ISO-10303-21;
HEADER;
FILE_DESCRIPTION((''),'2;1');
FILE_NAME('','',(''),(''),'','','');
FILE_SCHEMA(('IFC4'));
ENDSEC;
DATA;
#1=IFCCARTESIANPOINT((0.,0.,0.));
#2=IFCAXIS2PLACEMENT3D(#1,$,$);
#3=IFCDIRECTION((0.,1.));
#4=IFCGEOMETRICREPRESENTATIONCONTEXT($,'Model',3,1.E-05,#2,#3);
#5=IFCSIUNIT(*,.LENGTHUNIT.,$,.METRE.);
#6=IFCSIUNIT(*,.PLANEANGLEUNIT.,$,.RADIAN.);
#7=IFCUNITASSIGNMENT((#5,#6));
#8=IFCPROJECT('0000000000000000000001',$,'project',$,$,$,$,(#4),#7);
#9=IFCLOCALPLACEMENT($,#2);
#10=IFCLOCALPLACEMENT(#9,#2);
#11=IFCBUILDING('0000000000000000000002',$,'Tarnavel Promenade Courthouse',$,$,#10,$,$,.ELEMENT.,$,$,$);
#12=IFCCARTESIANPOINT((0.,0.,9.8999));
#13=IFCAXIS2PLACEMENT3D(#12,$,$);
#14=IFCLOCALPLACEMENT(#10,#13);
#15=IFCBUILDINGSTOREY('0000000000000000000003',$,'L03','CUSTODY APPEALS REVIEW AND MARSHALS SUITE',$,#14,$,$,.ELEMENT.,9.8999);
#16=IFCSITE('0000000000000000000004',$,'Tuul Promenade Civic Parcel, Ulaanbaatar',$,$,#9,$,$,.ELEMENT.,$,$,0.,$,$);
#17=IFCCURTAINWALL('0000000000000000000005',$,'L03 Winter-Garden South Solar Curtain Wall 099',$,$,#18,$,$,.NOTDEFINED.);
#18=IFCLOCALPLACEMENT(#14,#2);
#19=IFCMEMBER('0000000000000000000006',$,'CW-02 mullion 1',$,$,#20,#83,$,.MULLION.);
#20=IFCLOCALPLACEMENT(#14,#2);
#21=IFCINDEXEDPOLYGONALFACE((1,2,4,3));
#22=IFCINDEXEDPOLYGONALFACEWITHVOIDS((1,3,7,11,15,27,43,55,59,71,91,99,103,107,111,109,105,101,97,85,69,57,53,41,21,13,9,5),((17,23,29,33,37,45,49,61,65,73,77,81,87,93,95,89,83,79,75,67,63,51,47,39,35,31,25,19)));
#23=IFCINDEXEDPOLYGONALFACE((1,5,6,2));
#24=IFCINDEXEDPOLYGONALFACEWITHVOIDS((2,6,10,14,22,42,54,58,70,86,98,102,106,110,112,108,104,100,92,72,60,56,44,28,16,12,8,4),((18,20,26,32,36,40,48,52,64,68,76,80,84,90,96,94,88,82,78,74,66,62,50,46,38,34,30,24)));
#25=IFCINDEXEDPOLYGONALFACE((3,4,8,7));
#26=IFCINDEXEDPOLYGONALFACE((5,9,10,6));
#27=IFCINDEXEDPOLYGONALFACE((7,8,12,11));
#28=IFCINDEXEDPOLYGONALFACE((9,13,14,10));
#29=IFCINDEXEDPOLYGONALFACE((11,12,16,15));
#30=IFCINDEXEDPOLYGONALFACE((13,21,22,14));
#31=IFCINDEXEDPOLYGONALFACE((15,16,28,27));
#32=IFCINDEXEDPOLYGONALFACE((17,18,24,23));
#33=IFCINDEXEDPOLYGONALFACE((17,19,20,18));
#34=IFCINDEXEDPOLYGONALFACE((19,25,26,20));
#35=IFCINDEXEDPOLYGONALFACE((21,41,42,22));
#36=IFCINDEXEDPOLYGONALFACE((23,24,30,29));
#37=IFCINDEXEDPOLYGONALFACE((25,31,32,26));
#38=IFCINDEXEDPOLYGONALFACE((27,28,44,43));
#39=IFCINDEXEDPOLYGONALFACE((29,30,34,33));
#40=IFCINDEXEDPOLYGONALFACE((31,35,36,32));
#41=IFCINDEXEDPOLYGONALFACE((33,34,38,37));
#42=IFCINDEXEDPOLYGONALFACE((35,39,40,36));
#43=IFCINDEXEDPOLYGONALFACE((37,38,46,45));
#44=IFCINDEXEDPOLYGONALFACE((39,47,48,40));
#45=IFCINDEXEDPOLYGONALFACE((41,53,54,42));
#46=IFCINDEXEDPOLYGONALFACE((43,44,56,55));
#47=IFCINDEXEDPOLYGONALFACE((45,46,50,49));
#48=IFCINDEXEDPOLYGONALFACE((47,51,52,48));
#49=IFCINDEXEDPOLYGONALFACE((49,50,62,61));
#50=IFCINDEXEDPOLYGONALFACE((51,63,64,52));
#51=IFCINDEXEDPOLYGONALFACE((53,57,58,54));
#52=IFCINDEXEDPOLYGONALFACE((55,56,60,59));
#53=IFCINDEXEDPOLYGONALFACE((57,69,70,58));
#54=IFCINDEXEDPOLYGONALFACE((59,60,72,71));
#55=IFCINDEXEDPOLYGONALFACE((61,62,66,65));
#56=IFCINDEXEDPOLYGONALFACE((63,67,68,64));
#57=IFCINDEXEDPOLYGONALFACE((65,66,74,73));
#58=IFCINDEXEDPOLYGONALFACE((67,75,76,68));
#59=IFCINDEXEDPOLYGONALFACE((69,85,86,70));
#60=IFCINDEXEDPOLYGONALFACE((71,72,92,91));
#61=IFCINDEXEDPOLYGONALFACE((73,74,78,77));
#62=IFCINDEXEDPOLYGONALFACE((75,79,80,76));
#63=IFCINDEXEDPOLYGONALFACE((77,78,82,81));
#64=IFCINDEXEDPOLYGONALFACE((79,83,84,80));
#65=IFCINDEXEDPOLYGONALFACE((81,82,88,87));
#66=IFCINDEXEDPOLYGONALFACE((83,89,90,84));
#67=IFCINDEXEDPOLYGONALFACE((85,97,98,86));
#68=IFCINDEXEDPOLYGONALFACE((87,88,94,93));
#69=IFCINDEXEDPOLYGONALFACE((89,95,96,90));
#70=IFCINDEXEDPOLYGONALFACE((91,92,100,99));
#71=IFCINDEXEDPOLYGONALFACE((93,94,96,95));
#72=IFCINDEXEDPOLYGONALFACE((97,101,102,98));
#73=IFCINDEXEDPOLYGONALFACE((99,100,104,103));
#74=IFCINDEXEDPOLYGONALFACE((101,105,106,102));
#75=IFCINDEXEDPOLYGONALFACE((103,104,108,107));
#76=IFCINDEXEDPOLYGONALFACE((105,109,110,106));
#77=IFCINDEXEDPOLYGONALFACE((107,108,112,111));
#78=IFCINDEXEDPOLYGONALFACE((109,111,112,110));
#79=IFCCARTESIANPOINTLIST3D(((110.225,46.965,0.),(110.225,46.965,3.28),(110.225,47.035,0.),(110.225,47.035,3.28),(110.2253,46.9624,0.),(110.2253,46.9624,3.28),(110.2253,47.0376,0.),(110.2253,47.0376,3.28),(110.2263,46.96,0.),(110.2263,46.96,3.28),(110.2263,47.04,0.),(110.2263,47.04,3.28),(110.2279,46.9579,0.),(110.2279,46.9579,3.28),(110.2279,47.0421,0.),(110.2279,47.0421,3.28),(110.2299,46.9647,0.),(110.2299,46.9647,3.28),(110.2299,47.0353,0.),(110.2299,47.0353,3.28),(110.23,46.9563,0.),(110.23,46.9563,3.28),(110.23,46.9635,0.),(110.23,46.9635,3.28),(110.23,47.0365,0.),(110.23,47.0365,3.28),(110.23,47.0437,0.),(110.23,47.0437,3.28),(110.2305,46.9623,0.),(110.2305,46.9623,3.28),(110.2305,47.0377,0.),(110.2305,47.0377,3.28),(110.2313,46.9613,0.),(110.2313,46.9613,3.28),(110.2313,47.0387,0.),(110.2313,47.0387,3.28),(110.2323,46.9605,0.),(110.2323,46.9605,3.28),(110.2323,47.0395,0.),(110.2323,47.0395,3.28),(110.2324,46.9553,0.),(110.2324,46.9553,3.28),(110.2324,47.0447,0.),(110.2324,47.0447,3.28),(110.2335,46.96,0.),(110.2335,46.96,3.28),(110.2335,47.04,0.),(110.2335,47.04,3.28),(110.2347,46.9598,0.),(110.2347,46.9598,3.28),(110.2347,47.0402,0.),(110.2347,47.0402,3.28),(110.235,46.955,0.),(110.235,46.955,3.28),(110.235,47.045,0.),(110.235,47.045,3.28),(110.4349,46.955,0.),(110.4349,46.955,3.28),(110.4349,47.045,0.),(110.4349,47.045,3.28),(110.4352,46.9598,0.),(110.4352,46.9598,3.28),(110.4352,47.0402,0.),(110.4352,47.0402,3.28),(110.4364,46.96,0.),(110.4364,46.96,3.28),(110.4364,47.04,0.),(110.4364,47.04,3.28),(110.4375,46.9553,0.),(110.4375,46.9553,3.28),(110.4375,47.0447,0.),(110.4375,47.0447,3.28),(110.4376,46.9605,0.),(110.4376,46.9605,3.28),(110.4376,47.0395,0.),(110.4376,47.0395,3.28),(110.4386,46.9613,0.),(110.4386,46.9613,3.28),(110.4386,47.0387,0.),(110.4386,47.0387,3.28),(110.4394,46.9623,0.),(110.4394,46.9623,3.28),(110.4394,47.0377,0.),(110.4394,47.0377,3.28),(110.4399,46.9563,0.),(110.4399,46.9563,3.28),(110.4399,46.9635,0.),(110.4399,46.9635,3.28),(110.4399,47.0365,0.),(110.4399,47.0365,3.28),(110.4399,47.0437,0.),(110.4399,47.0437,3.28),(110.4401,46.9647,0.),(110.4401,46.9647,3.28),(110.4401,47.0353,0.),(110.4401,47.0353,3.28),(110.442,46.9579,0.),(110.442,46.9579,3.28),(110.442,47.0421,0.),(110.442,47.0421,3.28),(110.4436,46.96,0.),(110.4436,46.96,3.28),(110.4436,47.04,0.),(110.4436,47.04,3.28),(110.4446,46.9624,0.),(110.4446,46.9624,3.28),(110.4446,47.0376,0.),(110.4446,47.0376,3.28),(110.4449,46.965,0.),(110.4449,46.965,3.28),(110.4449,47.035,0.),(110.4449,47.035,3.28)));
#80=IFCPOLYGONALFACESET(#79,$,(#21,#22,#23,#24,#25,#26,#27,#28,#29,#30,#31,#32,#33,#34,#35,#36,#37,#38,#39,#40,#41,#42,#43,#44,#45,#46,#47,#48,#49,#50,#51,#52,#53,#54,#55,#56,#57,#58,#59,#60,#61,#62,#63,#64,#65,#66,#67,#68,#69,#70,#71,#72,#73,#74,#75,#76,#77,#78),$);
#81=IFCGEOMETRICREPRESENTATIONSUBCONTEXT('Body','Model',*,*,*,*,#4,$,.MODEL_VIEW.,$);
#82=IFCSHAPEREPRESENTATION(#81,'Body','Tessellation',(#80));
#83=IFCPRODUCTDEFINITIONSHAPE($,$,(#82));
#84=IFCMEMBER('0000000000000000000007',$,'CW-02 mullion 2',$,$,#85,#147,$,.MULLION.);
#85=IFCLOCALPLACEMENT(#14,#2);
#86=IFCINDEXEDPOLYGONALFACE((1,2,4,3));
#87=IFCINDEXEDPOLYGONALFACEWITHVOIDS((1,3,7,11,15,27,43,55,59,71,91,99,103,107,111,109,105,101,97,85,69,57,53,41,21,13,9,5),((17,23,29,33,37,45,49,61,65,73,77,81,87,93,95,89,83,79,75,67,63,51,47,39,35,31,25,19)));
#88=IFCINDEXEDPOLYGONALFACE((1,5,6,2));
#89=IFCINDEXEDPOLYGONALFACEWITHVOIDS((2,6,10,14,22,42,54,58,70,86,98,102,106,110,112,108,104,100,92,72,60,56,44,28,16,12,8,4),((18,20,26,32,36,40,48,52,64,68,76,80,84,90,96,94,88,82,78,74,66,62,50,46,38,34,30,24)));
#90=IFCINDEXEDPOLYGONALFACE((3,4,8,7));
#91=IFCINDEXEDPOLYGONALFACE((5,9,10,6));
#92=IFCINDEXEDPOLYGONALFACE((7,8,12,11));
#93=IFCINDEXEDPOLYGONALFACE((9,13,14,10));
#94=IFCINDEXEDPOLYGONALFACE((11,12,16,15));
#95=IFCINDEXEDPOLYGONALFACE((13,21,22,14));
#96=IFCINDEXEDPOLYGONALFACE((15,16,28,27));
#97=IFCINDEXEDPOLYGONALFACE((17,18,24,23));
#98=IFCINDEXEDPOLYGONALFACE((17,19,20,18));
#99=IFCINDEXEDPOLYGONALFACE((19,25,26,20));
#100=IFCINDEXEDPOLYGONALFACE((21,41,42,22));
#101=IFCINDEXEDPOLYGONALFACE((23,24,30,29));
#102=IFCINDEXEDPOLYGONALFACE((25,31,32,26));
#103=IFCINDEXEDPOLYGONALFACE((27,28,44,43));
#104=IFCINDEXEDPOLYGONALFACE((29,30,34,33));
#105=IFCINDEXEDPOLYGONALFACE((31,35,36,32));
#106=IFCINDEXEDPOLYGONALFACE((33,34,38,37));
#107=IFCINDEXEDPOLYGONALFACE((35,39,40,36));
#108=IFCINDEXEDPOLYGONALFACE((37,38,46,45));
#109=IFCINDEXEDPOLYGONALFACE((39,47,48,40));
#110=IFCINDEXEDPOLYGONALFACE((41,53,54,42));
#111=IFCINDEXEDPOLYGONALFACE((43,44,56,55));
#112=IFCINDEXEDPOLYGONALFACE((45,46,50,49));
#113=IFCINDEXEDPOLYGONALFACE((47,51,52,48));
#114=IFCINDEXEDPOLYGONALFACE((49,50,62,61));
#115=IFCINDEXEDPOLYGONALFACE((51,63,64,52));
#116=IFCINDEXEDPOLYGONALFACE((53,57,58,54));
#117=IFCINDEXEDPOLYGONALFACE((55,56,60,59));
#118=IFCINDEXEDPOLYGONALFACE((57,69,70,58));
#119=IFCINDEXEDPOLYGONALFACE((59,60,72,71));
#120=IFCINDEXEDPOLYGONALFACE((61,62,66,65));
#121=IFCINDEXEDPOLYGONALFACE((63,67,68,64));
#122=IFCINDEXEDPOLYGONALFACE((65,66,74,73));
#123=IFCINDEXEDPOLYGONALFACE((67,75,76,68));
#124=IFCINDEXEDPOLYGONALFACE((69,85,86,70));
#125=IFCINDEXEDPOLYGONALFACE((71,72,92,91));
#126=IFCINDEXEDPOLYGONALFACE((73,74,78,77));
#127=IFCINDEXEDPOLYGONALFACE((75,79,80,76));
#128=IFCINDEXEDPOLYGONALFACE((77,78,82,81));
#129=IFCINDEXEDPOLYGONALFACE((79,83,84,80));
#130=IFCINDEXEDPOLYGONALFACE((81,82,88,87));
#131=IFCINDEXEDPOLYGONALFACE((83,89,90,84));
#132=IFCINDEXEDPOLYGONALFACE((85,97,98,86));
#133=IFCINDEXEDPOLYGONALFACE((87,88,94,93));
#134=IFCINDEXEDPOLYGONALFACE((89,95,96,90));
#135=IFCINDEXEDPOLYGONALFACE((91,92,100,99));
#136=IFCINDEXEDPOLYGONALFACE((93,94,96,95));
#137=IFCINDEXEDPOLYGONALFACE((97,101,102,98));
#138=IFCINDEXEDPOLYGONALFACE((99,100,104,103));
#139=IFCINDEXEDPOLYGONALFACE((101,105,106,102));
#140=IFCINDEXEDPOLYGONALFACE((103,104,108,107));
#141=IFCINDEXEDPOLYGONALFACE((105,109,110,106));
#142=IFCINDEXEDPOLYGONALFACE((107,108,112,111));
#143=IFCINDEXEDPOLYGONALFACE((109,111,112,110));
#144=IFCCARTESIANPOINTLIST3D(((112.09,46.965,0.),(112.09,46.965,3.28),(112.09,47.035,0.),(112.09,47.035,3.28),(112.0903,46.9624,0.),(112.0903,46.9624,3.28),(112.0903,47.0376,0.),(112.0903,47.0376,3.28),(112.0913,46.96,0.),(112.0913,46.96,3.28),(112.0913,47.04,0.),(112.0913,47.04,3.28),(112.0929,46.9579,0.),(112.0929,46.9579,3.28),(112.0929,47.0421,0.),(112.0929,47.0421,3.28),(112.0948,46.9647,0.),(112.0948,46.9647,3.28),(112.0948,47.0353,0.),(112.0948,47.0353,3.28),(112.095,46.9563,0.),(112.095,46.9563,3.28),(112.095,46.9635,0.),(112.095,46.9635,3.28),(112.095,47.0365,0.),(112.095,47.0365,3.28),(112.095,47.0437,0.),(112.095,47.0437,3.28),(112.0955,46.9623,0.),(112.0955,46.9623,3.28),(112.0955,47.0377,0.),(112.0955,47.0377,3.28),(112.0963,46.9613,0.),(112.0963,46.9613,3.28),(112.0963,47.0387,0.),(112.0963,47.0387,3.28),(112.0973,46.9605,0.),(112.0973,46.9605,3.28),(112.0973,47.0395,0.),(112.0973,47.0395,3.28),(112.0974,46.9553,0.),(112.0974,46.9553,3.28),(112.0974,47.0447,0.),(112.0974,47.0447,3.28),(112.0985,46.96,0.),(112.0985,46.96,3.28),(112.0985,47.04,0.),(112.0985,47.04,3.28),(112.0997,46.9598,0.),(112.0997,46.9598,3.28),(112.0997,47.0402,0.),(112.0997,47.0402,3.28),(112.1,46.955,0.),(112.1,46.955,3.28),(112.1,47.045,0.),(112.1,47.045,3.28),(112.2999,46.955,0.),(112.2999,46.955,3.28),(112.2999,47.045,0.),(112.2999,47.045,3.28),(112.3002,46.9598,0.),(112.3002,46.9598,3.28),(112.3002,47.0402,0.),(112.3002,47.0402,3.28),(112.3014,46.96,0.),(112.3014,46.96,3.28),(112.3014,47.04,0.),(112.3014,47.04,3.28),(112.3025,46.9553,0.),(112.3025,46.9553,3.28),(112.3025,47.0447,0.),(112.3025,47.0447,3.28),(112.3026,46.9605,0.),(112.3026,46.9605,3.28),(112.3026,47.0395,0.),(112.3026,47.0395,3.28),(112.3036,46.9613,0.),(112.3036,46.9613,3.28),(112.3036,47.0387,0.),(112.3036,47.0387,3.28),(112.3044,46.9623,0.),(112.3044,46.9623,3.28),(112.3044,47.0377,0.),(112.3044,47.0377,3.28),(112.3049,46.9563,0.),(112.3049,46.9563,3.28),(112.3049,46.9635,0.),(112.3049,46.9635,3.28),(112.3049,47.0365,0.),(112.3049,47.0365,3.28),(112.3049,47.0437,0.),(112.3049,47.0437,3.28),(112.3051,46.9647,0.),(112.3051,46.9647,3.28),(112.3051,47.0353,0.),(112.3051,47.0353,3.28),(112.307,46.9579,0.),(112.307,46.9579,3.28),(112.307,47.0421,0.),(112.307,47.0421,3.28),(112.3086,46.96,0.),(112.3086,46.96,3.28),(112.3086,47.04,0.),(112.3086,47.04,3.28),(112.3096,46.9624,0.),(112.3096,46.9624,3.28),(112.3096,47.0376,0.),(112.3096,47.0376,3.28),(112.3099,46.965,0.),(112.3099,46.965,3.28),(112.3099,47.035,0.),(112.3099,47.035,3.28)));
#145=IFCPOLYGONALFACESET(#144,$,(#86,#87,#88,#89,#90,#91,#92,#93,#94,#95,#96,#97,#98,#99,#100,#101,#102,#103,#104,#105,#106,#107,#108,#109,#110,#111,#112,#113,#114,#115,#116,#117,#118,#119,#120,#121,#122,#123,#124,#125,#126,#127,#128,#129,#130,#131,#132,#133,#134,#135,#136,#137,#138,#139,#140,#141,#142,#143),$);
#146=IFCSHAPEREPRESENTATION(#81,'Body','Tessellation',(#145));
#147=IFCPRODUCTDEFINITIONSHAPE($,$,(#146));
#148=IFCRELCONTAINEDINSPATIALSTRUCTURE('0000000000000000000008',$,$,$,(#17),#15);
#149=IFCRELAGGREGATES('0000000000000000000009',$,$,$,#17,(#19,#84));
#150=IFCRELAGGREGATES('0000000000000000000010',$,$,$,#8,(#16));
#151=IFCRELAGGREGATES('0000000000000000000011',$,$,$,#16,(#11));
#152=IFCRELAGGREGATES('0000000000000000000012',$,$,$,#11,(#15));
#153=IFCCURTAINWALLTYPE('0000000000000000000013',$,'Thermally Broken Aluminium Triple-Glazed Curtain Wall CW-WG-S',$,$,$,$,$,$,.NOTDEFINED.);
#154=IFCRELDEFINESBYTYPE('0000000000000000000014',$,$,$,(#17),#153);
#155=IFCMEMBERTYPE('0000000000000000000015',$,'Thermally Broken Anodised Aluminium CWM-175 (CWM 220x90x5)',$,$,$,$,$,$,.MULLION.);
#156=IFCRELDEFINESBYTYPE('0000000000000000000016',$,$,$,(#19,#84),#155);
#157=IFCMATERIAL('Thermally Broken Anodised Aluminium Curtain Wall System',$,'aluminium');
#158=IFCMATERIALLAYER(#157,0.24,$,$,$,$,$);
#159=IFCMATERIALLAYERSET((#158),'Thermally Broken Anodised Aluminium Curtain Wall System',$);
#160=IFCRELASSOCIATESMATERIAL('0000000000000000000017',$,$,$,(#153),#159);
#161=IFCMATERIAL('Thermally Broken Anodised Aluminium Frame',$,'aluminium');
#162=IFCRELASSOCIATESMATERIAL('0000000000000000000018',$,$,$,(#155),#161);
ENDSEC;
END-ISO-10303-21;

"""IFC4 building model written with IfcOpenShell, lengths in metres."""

from ifc_helpers import new_model, si_unit, direction, frame, origin, origin_2d, place, context, subcontext, project, spatial, hollow_rectangle, extrude, material, layer, layer_set, material_profile, profile_set, type_object, element, aggregate, save


model = new_model("IFC4")

# Units and contexts
model_context = context("Model", 3, precision=1e-05, world=origin(), true_north=direction((0.0, 1.0)))
body_context = subcontext(model_context, "Body", "Model", "MODEL_VIEW")
ifc_project = project(units=[si_unit("LENGTHUNIT", "METRE"), si_unit("PLANEANGLEUNIT", "RADIAN")], contexts=[model_context])

# Site, building, storey
site_placement = place(None, origin())
site = spatial("IfcSite", under=ifc_project, at=site_placement, Name="Tuul Promenade Civic Parcel, Ulaanbaatar", CompositionType="ELEMENT", RefElevation=0.0)
building_placement = place(site_placement, origin())
building = spatial("IfcBuilding", under=site, at=building_placement, Name="Tarnavel Promenade Courthouse", CompositionType="ELEMENT")
storey_placement = place(building_placement, frame((0.0, 0.0, 9.8999)))
storey = spatial("IfcBuildingStorey", under=building, at=storey_placement, Name="L03", Description="CUSTODY APPEALS REVIEW AND MARSHALS SUITE", CompositionType="ELEMENT", Elevation=9.8999)

# Curtain wall, members
ifc_material_1 = material(Name="Thermally Broken Anodised Aluminium Curtain Wall System", Category="aluminium")
ifc_layer_1 = layer(ifc_material_1, 0.24)
ifc_layer_set_1 = layer_set([ifc_layer_1], Name="Thermally Broken Anodised Aluminium Curtain Wall System")
curtain_wall_type = type_object("IfcCurtainWallType", Name="Thermally Broken Aluminium Triple-Glazed Curtain Wall CW-WG-S", PredefinedType="NOTDEFINED", material=ifc_layer_set_1)
ifc_material_2 = material(Name="Thermally Broken Anodised Aluminium Frame", Category="aluminium")
ifc_material_profile_1 = material_profile(ifc_material_2, hollow_rectangle(XDim=0.0901, YDim=0.22, WallThickness=0.0049, InnerFilletRadius=0.0049, OuterFilletRadius=0.01, at=origin_2d()), Name="CWM 220x90x5")
ifc_profile_set_1 = profile_set([ifc_material_profile_1], Name="Thermally Broken Anodised Aluminium Frame")
member_type_1 = type_object("IfcMemberType", Name="Thermally Broken Anodised Aluminium CWM-175 (CWM 220x90x5)", PredefinedType="MULLION", material=ifc_profile_set_1)
curtain_wall_1_placement = place(storey_placement, origin())
curtain_wall_1 = element("IfcCurtainWall", 1, at=curtain_wall_1_placement, inside=storey, type_object=curtain_wall_type, Name="L03 Winter-Garden South Solar Curtain Wall 099", PredefinedType="NOTDEFINED")
member_1_placement = place(storey_placement, frame((110.335, 47.0, 0.0), z_axis=(0.0, 0.0, 1.0), x_axis=(0.0, 1.0, 0.0)))
member_1 = element("IfcMember", 2, at=member_1_placement, type_object=member_type_1, Name="CW-02 mullion 1", PredefinedType="MULLION", context=body_context, shape_type="SweptSolid", body=[
    extrude(hollow_rectangle(XDim=0.0901, YDim=0.22, WallThickness=0.0049, InnerFilletRadius=0.0049, OuterFilletRadius=0.01, at=origin_2d()), origin(), (0.0, 0.0, 1.0), 3.28),
])
member_2_placement = place(storey_placement, frame((112.2, 47.0, 0.0), z_axis=(0.0, 0.0, 1.0), x_axis=(0.0, 1.0, 0.0)))
member_2 = element("IfcMember", 3, at=member_2_placement, type_object=member_type_1, Name="CW-02 mullion 2", PredefinedType="MULLION", context=body_context, shape_type="SweptSolid", body=[
    extrude(hollow_rectangle(XDim=0.0901, YDim=0.22, WallThickness=0.0049, InnerFilletRadius=0.0049, OuterFilletRadius=0.01, at=origin_2d()), origin(), (0.0, 0.0, 1.0), 3.28),
])

aggregate(curtain_wall_1, [member_1, member_2])

save(model, "model.ifc")
